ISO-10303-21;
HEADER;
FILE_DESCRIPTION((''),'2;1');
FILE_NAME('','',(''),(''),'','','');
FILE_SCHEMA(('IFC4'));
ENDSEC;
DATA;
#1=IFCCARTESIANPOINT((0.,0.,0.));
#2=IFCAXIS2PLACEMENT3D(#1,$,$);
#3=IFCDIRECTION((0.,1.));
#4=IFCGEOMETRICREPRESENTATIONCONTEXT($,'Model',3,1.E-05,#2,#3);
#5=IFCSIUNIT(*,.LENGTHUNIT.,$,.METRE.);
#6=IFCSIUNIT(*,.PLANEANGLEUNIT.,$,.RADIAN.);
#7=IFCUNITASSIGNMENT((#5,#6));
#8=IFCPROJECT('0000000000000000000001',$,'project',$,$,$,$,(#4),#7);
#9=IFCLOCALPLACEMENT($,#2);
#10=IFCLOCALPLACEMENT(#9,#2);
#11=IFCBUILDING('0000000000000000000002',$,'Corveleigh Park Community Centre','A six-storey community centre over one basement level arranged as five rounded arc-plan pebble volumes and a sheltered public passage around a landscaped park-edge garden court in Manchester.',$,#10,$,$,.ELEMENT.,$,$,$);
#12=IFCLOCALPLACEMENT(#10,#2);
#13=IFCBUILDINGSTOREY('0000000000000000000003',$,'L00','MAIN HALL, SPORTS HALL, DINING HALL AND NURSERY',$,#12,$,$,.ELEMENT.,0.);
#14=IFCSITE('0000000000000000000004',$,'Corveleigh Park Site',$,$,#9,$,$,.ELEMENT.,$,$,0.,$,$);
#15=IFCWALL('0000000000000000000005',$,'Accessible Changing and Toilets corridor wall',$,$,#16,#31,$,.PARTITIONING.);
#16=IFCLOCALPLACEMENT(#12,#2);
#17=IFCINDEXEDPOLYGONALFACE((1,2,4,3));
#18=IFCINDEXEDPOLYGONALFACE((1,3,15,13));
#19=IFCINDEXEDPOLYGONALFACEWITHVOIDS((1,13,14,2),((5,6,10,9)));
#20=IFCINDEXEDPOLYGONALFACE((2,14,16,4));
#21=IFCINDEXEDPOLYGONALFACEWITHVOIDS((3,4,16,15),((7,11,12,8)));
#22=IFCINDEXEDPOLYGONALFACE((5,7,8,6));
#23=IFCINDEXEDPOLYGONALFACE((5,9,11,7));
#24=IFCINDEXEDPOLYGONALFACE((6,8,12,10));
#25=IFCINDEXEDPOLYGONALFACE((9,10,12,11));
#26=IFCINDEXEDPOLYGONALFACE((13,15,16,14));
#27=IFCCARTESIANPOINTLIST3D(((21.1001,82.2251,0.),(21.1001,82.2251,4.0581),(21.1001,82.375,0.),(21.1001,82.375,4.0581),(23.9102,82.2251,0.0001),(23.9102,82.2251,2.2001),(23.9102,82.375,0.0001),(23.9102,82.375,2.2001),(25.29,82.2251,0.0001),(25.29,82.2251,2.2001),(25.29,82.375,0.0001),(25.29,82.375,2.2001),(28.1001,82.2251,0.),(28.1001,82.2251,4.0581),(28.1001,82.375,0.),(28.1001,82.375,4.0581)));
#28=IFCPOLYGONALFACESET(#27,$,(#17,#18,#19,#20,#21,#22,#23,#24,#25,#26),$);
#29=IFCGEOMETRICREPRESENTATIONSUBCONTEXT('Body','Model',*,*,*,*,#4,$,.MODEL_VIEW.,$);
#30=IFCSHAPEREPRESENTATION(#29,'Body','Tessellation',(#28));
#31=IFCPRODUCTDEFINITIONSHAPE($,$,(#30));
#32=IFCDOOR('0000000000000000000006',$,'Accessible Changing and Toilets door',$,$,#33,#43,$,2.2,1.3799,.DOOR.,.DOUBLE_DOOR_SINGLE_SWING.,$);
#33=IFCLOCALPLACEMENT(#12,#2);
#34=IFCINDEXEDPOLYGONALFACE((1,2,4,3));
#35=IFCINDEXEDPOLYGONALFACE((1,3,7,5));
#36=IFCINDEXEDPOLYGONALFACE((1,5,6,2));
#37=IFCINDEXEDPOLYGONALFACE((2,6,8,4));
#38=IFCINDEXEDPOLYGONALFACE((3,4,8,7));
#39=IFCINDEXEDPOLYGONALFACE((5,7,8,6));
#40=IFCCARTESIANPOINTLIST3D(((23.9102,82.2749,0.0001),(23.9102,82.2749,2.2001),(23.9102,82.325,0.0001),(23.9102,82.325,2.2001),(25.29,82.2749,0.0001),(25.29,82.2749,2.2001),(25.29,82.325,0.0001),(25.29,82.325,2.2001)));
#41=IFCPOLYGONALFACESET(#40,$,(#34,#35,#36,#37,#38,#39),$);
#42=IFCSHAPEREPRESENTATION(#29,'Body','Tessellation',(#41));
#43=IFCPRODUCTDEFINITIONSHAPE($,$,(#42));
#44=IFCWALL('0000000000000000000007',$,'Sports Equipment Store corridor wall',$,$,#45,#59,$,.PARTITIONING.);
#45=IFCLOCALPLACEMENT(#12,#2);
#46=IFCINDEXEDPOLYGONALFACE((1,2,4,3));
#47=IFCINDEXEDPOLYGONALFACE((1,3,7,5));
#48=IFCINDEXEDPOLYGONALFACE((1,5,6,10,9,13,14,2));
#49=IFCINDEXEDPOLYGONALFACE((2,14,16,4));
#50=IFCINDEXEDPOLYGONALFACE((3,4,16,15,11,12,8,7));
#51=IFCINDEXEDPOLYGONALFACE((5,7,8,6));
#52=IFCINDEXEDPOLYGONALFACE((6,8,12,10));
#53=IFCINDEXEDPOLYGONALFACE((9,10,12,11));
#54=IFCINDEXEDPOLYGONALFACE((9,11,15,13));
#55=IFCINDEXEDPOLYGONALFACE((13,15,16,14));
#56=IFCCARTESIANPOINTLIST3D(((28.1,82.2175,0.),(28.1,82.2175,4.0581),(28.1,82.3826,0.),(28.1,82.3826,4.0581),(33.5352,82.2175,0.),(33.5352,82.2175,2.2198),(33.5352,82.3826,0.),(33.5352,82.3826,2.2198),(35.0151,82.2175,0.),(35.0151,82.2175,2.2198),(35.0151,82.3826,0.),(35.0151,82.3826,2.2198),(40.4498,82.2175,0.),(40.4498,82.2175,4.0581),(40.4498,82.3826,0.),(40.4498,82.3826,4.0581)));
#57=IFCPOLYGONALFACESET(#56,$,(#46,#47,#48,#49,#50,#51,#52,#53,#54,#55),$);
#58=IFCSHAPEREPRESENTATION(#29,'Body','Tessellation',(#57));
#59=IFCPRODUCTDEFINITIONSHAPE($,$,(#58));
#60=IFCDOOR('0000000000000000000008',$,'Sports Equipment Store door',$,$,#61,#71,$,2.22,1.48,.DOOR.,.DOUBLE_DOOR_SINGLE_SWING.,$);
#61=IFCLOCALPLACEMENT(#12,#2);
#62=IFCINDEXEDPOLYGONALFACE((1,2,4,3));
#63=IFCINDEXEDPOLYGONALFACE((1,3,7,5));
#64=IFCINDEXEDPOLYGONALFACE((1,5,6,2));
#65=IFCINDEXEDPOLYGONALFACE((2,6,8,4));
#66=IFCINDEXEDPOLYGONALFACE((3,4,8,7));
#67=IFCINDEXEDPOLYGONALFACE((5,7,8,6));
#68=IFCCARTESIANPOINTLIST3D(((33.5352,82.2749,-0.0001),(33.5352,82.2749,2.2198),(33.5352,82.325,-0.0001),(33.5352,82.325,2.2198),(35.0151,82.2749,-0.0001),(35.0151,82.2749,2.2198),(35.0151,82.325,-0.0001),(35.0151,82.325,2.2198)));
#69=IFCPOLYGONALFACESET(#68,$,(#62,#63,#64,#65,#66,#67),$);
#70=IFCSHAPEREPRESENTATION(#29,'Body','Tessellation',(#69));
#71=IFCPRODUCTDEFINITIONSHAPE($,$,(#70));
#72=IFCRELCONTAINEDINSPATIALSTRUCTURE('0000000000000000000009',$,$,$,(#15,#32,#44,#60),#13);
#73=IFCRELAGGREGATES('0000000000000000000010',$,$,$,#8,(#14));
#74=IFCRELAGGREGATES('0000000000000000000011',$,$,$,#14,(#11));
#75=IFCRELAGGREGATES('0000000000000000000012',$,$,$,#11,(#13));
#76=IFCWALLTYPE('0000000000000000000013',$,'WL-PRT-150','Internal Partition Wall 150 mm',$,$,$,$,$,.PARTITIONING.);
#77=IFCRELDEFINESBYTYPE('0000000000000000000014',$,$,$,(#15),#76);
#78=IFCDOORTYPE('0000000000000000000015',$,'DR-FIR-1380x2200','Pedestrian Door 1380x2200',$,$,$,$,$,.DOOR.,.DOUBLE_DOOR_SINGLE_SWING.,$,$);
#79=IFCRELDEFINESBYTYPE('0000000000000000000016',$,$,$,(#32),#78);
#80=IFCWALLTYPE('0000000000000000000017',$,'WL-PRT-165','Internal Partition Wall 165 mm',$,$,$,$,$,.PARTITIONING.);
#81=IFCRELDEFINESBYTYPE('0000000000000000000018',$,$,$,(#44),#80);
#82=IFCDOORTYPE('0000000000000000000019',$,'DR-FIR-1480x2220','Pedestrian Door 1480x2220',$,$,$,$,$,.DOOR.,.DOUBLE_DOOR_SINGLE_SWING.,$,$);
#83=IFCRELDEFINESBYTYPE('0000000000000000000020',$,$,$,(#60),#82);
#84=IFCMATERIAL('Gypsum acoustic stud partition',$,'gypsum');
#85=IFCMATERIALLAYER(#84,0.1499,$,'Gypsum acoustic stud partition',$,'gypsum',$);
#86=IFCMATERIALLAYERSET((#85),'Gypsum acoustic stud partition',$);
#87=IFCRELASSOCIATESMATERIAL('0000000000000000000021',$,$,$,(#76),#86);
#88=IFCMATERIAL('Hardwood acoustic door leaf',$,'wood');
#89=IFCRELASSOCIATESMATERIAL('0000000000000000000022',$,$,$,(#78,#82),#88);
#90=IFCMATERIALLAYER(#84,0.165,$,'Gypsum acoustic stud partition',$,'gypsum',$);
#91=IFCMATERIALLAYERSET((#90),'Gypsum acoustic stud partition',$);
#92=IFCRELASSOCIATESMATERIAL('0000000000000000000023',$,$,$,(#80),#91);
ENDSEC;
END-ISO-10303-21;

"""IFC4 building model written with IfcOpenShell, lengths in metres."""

from ifc_helpers import new_model, si_unit, direction, frame, frame_2d, origin, place, context, subcontext, project, spatial, rectangle, extrude, material, layer, layer_set, type_object, element, fill, save


model = new_model("IFC4")

# Units and contexts
model_context = context("Model", 3, precision=1e-05, world=origin(), true_north=direction((0.0, 1.0)))
body_context = subcontext(model_context, "Body", "Model", "MODEL_VIEW")
ifc_project = project(units=[si_unit("LENGTHUNIT", "METRE"), si_unit("PLANEANGLEUNIT", "RADIAN")], contexts=[model_context])

# Site, building, storey
site_placement = place(None, origin())
site = spatial("IfcSite", under=ifc_project, at=site_placement, Name="Corveleigh Park Site", CompositionType="ELEMENT", RefElevation=0.0)
building_placement = place(site_placement, origin())
building = spatial("IfcBuilding", under=site, at=building_placement, Name="Corveleigh Park Community Centre", Description="A six-storey community centre over one basement level arranged as five rounded arc-plan pebble volumes and a sheltered public passage around a landscaped park-edge garden court in Manchester.", CompositionType="ELEMENT")
storey_placement = place(building_placement, origin())
storey = spatial("IfcBuildingStorey", under=building, at=storey_placement, Name="L00", Description="MAIN HALL, SPORTS HALL, DINING HALL AND NURSERY", CompositionType="ELEMENT", Elevation=0.0)

# Walls, openings, doors
ifc_material_1 = material(Name="Gypsum acoustic stud partition", Category="gypsum")
ifc_layer_1 = layer(ifc_material_1, 0.1499, Name="Gypsum acoustic stud partition", Category="gypsum")
ifc_layer_set_1 = layer_set([ifc_layer_1], Name="Gypsum acoustic stud partition")
wall_type_1 = type_object("IfcWallType", Name="WL-PRT-150", Description="Internal Partition Wall 150 mm", PredefinedType="PARTITIONING", material=ifc_layer_set_1)
wall_1_placement = place(storey_placement, frame((21.1001, 82.3, 0.0), z_axis=(0.0, 0.0, 1.0), x_axis=(1.0, 0.0, 0.0)))
wall_1 = element("IfcWall", 1, at=wall_1_placement, inside=storey, type_object=wall_type_1, Name="Accessible Changing and Toilets corridor wall", PredefinedType="PARTITIONING", context=body_context, shape_type="SweptSolid", body=[
    extrude(rectangle(XDim=7.0, YDim=0.1499, at=frame_2d((3.5, 0.0))), origin(), (0.0, 0.0, 1.0), 4.0581),
])
opening_1_placement = place(wall_1_placement, frame((2.8101, 0.0, 0.0)))
opening_1 = element("IfcOpeningElement", 2, at=opening_1_placement, cuts=wall_1, PredefinedType="OPENING", context=body_context, shape_type="SweptSolid", body=[
    extrude(rectangle(XDim=1.3799, YDim=2.2, at=frame_2d((0.6899, 1.1001))), frame((0.0, 0.085, 0.0), z_axis=(0.0, -1.0, 0.0), x_axis=(1.0, 0.0, 0.0)), (0.0, 0.0, 1.0), 0.1699),
])
ifc_material_2 = material(Name="Hardwood acoustic door leaf", Category="wood")
door_type_1 = type_object("IfcDoorType", Name="DR-FIR-1380x2200", Description="Pedestrian Door 1380x2200", OperationType="DOUBLE_DOOR_SINGLE_SWING", PredefinedType="DOOR", material=ifc_material_2)
door_1_placement = place(opening_1_placement, origin())
door_1 = element("IfcDoor", 3, at=door_1_placement, inside=storey, type_object=door_type_1, Name="Accessible Changing and Toilets door", OperationType="DOUBLE_DOOR_SINGLE_SWING", OverallHeight=2.2, OverallWidth=1.3799, PredefinedType="DOOR", context=body_context, shape_type="SweptSolid", body=[
    extrude(rectangle(XDim=1.3799, YDim=2.2, at=frame_2d((0.6899, 1.1001))), frame((0.0, 0.0249, 0.0), z_axis=(0.0, -1.0, 0.0), x_axis=(1.0, 0.0, 0.0)), (0.0, 0.0, 1.0), 0.05),
])
fill(opening_1, door_1)
ifc_layer_2 = layer(ifc_material_1, 0.165, Name="Gypsum acoustic stud partition", Category="gypsum")
ifc_layer_set_2 = layer_set([ifc_layer_2], Name="Gypsum acoustic stud partition")
wall_type_2 = type_object("IfcWallType", Name="WL-PRT-165", Description="Internal Partition Wall 165 mm", PredefinedType="PARTITIONING", material=ifc_layer_set_2)
wall_2_placement = place(storey_placement, frame((28.1001, 82.3, 0.0), z_axis=(0.0, 0.0, 1.0), x_axis=(1.0, 0.0, 0.0)))
wall_2 = element("IfcWall", 4, at=wall_2_placement, inside=storey, type_object=wall_type_2, Name="Sports Equipment Store corridor wall", PredefinedType="PARTITIONING", context=body_context, shape_type="SweptSolid", body=[
    extrude(rectangle(XDim=12.3499, YDim=0.165, at=frame_2d((6.1748, 0.0))), origin(), (0.0, 0.0, 1.0), 4.0581),
])
opening_2_placement = place(wall_2_placement, frame((5.4351, 0.0, 0.0)))
opening_2 = element("IfcOpeningElement", 5, at=opening_2_placement, cuts=wall_2, PredefinedType="OPENING", context=body_context, shape_type="SweptSolid", body=[
    extrude(rectangle(XDim=1.48, YDim=2.22, at=frame_2d((0.74, 1.1099))), frame((0.0, 0.0925, 0.0), z_axis=(0.0, -1.0, 0.0), x_axis=(1.0, 0.0, 0.0)), (0.0, 0.0, 1.0), 0.1851),
])
door_type_2 = type_object("IfcDoorType", Name="DR-FIR-1480x2220", Description="Pedestrian Door 1480x2220", OperationType="DOUBLE_DOOR_SINGLE_SWING", PredefinedType="DOOR", material=ifc_material_2)
door_2_placement = place(opening_2_placement, origin())
door_2 = element("IfcDoor", 6, at=door_2_placement, inside=storey, type_object=door_type_2, Name="Sports Equipment Store door", OperationType="DOUBLE_DOOR_SINGLE_SWING", OverallHeight=2.22, OverallWidth=1.48, PredefinedType="DOOR", context=body_context, shape_type="SweptSolid", body=[
    extrude(rectangle(XDim=1.48, YDim=2.22, at=frame_2d((0.74, 1.1099))), frame((0.0, 0.0249, 0.0), z_axis=(0.0, -1.0, 0.0), x_axis=(1.0, 0.0, 0.0)), (0.0, 0.0, 1.0), 0.05),
])
fill(opening_2, door_2)

save(model, "model.ifc")
